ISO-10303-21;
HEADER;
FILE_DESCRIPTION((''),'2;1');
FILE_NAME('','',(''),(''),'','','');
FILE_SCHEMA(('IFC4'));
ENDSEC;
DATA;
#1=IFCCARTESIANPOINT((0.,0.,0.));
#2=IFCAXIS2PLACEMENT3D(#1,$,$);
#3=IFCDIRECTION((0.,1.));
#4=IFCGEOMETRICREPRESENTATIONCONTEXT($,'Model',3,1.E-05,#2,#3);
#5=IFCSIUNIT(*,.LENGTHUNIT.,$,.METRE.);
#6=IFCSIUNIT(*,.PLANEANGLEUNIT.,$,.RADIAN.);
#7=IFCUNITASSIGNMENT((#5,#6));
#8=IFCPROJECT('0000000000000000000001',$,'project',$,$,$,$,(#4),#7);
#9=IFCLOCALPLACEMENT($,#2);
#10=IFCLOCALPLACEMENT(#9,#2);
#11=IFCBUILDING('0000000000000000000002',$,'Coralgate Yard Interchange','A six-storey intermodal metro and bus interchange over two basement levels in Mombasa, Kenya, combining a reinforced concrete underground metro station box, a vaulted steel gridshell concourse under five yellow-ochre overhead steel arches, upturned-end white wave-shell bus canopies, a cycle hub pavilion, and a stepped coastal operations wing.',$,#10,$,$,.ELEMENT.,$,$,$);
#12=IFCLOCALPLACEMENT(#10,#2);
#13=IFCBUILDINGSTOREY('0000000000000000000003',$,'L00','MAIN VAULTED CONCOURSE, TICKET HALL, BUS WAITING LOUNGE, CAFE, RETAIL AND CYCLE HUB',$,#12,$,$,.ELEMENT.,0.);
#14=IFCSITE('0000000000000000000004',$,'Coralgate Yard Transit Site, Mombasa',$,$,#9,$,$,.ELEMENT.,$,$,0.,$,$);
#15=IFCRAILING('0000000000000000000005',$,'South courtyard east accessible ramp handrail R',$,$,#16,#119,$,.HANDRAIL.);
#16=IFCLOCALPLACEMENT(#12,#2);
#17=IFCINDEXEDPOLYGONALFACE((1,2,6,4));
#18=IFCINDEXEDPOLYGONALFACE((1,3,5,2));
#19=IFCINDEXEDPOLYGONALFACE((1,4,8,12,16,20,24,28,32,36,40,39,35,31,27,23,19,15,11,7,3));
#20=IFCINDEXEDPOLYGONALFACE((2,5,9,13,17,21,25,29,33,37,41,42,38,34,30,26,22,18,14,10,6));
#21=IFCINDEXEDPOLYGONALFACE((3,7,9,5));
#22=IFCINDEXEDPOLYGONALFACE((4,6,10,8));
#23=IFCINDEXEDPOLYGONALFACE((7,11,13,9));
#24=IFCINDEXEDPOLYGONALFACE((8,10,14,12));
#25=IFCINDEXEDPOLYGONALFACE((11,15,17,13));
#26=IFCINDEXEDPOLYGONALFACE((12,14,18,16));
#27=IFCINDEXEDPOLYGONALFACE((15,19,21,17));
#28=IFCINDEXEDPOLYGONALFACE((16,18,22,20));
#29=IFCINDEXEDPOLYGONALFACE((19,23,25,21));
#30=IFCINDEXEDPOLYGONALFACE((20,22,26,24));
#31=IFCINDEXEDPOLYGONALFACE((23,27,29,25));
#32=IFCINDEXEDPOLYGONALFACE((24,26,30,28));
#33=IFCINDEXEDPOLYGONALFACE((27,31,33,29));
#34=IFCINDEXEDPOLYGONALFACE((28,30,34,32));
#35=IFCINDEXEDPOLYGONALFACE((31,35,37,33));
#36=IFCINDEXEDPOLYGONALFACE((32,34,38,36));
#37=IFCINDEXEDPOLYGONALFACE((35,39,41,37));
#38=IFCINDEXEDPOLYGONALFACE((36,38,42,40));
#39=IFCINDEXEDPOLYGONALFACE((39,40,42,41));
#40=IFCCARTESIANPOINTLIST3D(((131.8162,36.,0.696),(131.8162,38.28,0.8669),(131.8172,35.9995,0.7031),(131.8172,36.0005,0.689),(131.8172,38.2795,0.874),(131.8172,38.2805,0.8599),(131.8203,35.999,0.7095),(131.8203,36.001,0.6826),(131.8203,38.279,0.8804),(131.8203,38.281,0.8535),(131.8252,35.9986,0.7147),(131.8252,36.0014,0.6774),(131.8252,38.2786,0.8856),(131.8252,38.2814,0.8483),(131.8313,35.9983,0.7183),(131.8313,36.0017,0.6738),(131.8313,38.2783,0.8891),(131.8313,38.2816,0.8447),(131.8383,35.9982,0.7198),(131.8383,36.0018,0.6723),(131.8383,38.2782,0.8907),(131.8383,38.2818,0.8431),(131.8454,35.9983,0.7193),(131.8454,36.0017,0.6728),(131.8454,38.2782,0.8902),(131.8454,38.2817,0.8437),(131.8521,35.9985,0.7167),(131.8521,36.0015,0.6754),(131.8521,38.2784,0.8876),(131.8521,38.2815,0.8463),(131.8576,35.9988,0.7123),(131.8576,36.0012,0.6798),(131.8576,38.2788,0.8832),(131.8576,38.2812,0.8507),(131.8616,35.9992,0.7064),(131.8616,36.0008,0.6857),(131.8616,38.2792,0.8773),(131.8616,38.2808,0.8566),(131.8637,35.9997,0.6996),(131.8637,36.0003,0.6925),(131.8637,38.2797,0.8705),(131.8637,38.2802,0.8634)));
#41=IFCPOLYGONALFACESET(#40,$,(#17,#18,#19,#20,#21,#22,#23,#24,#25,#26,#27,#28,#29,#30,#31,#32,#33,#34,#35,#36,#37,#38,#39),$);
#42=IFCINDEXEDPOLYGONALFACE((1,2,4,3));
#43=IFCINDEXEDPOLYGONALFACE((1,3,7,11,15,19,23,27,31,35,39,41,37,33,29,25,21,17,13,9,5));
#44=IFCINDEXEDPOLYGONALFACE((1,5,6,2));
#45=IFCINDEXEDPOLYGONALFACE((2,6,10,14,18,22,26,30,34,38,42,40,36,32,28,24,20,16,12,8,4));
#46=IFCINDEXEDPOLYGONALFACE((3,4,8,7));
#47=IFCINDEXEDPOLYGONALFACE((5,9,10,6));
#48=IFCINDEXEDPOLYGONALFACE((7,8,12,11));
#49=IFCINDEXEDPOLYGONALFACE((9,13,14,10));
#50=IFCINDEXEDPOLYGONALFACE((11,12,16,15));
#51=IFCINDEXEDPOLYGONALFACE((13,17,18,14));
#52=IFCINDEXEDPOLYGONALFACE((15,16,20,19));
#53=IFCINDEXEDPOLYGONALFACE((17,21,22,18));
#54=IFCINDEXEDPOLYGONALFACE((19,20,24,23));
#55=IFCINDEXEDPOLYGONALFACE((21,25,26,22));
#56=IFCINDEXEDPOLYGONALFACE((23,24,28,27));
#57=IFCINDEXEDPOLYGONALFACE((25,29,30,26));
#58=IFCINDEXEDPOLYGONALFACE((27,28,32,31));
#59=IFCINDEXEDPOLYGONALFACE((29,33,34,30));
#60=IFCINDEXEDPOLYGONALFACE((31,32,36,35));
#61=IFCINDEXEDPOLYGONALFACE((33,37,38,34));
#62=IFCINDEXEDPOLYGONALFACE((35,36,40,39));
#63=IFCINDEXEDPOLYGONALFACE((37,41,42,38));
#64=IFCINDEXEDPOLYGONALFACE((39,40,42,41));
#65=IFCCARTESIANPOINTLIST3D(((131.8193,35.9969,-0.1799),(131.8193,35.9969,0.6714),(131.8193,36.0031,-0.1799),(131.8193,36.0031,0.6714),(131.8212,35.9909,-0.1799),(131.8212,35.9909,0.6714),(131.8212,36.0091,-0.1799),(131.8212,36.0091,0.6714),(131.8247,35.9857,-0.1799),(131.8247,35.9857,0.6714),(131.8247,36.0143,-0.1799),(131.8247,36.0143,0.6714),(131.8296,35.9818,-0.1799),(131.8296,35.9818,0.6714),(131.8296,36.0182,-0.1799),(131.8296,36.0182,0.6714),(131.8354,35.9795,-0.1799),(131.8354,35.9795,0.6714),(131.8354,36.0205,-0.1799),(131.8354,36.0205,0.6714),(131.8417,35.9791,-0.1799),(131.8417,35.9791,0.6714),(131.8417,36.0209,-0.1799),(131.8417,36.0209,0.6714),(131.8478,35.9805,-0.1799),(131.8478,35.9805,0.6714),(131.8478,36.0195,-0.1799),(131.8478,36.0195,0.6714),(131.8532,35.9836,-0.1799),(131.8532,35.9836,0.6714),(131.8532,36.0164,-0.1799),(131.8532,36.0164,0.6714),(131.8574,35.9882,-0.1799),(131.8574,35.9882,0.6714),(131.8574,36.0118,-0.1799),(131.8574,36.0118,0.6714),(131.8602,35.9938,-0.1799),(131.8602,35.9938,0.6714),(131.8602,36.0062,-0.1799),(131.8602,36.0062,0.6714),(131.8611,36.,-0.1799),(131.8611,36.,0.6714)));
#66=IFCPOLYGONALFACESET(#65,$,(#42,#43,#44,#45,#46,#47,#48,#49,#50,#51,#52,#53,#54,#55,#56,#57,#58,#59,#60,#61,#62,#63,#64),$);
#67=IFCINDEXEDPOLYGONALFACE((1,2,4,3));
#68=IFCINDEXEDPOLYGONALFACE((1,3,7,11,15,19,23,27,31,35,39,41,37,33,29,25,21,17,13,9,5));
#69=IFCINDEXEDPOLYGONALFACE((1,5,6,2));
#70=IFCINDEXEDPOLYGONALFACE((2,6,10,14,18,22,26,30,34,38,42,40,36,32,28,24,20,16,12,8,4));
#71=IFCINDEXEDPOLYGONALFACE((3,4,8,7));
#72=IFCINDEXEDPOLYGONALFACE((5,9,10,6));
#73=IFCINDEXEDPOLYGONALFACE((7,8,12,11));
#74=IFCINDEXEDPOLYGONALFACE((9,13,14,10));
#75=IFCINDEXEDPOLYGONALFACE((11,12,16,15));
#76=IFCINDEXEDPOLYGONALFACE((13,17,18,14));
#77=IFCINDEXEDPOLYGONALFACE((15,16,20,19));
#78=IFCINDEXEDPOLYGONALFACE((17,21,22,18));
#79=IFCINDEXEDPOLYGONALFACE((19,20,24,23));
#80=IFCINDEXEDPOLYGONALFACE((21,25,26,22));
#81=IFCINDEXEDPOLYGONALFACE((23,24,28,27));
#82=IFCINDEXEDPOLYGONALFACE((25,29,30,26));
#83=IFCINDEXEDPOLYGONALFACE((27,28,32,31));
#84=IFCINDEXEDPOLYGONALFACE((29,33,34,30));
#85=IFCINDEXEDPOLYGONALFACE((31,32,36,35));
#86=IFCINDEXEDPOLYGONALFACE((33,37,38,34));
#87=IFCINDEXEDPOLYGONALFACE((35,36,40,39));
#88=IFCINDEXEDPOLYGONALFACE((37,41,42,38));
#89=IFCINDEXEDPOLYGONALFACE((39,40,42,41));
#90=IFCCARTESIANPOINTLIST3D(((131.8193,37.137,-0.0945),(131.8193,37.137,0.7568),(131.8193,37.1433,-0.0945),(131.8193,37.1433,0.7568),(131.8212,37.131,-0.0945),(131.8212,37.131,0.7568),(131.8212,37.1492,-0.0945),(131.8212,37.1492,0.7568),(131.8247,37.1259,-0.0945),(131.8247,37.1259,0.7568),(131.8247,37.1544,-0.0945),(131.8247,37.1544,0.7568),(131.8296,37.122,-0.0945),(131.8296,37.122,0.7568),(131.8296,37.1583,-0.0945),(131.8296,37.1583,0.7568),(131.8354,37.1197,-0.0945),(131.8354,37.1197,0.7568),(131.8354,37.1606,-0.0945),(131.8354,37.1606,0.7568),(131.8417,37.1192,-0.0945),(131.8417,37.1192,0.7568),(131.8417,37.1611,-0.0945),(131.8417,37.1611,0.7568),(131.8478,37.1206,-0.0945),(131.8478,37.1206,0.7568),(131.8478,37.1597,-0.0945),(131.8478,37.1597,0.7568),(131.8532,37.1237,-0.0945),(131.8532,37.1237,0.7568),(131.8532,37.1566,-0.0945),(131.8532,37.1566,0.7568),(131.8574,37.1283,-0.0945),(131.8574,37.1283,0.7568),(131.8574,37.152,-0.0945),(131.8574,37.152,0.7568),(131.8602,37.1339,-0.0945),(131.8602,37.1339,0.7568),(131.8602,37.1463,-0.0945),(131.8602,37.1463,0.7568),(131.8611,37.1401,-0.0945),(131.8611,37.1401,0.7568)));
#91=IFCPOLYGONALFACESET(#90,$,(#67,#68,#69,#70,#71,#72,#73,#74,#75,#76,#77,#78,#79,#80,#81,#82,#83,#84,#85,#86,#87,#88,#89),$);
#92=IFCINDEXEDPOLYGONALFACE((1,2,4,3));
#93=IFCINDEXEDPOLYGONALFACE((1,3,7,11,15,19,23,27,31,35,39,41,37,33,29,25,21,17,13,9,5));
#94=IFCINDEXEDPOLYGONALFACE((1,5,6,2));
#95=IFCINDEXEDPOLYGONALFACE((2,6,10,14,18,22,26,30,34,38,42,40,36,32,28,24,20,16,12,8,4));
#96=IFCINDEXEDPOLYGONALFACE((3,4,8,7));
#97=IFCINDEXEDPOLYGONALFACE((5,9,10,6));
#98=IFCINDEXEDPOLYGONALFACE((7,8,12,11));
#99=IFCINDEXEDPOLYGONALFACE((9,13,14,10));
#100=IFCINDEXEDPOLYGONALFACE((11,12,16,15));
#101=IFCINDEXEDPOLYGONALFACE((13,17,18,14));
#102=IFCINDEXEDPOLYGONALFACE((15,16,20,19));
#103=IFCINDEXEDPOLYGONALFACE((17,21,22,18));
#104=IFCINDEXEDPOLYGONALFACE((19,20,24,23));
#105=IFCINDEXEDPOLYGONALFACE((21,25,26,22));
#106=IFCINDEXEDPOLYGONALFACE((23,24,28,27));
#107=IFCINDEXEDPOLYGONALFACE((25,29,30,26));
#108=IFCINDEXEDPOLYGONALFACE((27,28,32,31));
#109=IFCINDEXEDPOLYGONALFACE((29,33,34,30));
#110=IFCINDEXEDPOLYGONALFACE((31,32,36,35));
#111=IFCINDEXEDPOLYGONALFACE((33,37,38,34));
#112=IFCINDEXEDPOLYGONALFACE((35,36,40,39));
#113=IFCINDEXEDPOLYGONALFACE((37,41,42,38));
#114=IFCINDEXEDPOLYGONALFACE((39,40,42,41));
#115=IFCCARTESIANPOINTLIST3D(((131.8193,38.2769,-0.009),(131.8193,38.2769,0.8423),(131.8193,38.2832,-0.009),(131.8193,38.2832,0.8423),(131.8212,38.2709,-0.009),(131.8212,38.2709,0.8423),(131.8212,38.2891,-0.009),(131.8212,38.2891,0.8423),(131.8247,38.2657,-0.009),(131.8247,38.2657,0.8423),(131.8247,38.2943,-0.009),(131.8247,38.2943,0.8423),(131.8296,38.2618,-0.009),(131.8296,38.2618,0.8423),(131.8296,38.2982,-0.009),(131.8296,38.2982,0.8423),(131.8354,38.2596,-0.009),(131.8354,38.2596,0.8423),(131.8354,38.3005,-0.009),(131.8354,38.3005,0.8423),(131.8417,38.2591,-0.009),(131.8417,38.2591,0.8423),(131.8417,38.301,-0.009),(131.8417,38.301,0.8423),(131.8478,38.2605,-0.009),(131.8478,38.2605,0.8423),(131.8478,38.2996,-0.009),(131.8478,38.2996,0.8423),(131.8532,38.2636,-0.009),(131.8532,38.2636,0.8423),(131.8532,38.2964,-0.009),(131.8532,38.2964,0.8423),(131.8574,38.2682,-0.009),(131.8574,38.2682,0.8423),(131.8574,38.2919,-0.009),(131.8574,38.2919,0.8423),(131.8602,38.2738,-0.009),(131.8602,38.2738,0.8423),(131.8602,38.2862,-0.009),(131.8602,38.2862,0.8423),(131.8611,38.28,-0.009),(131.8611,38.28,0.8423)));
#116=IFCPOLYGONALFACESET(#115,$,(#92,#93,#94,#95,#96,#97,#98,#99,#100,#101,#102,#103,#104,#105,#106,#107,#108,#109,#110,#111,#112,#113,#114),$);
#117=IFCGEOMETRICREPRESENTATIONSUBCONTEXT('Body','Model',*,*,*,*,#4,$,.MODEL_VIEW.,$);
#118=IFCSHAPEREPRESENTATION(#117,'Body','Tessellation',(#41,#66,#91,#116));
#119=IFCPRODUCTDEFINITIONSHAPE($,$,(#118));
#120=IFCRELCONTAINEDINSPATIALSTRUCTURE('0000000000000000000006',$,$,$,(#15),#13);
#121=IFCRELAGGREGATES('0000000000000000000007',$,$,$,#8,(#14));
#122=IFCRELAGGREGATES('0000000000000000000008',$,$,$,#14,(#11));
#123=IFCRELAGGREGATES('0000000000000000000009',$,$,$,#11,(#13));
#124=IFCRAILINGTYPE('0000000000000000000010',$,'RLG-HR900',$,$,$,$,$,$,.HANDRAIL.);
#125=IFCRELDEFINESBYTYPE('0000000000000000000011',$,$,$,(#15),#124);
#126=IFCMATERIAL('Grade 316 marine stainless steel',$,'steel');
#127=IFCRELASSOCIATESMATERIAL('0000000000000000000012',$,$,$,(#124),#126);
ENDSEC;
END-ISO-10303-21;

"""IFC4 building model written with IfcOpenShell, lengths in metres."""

from ifc_helpers import new_model, si_unit, direction, frame, origin, origin_2d, place, context, subcontext, project, spatial, circle, extrude, material, type_object, element, save


model = new_model("IFC4")

# Units and contexts
model_context = context("Model", 3, precision=1e-05, world=origin(), true_north=direction((0.0, 1.0)))
body_context = subcontext(model_context, "Body", "Model", "MODEL_VIEW")
ifc_project = project(units=[si_unit("LENGTHUNIT", "METRE"), si_unit("PLANEANGLEUNIT", "RADIAN")], contexts=[model_context])

# Site, building, storey
site_placement = place(None, origin())
site = spatial("IfcSite", under=ifc_project, at=site_placement, Name="Coralgate Yard Transit Site, Mombasa", CompositionType="ELEMENT", RefElevation=0.0)
building_placement = place(site_placement, origin())
building = spatial("IfcBuilding", under=site, at=building_placement, Name="Coralgate Yard Interchange", Description="A six-storey intermodal metro and bus interchange over two basement levels in Mombasa, Kenya, combining a reinforced concrete underground metro station box, a vaulted steel gridshell concourse under five yellow-ochre overhead steel arches, upturned-end white wave-shell bus canopies, a cycle hub pavilion, and a stepped coastal operations wing.", CompositionType="ELEMENT")
storey_placement = place(building_placement, origin())
storey = spatial("IfcBuildingStorey", under=building, at=storey_placement, Name="L00", Description="MAIN VAULTED CONCOURSE, TICKET HALL, BUS WAITING LOUNGE, CAFE, RETAIL AND CYCLE HUB", CompositionType="ELEMENT", Elevation=0.0)

# Railing
ifc_material_1 = material(Name="Grade 316 marine stainless steel", Category="steel")
railing_type_1 = type_object("IfcRailingType", Name="RLG-HR900", PredefinedType="HANDRAIL", material=ifc_material_1)
railing_1_placement = place(storey_placement, frame((131.8401, 36.0, -0.1799)))
element("IfcRailing", 1, at=railing_1_placement, inside=storey, type_object=railing_type_1, Name="South courtyard east accessible ramp handrail R", PredefinedType="HANDRAIL", context=body_context, shape_type="SweptSolid", body=[
    extrude(circle(Radius=0.0239, at=origin_2d()), frame((0.0, 0.0, 0.876), z_axis=(0.0, 0.997203, 0.074745), x_axis=(-1.0, 0.0, 0.0)), (0.0, 0.0, 1.0), 2.2864),
    extrude(circle(Radius=0.021, at=origin_2d()), origin(), (0.0, 0.0, 1.0), 0.8513),
    extrude(circle(Radius=0.021, at=origin_2d()), frame((0.0, 1.1401, 0.0854)), (0.0, 0.0, 1.0), 0.8513),
    extrude(circle(Radius=0.021, at=origin_2d()), frame((0.0, 2.28, 0.1709)), (0.0, 0.0, 1.0), 0.8513),
])

save(model, "model.ifc")
